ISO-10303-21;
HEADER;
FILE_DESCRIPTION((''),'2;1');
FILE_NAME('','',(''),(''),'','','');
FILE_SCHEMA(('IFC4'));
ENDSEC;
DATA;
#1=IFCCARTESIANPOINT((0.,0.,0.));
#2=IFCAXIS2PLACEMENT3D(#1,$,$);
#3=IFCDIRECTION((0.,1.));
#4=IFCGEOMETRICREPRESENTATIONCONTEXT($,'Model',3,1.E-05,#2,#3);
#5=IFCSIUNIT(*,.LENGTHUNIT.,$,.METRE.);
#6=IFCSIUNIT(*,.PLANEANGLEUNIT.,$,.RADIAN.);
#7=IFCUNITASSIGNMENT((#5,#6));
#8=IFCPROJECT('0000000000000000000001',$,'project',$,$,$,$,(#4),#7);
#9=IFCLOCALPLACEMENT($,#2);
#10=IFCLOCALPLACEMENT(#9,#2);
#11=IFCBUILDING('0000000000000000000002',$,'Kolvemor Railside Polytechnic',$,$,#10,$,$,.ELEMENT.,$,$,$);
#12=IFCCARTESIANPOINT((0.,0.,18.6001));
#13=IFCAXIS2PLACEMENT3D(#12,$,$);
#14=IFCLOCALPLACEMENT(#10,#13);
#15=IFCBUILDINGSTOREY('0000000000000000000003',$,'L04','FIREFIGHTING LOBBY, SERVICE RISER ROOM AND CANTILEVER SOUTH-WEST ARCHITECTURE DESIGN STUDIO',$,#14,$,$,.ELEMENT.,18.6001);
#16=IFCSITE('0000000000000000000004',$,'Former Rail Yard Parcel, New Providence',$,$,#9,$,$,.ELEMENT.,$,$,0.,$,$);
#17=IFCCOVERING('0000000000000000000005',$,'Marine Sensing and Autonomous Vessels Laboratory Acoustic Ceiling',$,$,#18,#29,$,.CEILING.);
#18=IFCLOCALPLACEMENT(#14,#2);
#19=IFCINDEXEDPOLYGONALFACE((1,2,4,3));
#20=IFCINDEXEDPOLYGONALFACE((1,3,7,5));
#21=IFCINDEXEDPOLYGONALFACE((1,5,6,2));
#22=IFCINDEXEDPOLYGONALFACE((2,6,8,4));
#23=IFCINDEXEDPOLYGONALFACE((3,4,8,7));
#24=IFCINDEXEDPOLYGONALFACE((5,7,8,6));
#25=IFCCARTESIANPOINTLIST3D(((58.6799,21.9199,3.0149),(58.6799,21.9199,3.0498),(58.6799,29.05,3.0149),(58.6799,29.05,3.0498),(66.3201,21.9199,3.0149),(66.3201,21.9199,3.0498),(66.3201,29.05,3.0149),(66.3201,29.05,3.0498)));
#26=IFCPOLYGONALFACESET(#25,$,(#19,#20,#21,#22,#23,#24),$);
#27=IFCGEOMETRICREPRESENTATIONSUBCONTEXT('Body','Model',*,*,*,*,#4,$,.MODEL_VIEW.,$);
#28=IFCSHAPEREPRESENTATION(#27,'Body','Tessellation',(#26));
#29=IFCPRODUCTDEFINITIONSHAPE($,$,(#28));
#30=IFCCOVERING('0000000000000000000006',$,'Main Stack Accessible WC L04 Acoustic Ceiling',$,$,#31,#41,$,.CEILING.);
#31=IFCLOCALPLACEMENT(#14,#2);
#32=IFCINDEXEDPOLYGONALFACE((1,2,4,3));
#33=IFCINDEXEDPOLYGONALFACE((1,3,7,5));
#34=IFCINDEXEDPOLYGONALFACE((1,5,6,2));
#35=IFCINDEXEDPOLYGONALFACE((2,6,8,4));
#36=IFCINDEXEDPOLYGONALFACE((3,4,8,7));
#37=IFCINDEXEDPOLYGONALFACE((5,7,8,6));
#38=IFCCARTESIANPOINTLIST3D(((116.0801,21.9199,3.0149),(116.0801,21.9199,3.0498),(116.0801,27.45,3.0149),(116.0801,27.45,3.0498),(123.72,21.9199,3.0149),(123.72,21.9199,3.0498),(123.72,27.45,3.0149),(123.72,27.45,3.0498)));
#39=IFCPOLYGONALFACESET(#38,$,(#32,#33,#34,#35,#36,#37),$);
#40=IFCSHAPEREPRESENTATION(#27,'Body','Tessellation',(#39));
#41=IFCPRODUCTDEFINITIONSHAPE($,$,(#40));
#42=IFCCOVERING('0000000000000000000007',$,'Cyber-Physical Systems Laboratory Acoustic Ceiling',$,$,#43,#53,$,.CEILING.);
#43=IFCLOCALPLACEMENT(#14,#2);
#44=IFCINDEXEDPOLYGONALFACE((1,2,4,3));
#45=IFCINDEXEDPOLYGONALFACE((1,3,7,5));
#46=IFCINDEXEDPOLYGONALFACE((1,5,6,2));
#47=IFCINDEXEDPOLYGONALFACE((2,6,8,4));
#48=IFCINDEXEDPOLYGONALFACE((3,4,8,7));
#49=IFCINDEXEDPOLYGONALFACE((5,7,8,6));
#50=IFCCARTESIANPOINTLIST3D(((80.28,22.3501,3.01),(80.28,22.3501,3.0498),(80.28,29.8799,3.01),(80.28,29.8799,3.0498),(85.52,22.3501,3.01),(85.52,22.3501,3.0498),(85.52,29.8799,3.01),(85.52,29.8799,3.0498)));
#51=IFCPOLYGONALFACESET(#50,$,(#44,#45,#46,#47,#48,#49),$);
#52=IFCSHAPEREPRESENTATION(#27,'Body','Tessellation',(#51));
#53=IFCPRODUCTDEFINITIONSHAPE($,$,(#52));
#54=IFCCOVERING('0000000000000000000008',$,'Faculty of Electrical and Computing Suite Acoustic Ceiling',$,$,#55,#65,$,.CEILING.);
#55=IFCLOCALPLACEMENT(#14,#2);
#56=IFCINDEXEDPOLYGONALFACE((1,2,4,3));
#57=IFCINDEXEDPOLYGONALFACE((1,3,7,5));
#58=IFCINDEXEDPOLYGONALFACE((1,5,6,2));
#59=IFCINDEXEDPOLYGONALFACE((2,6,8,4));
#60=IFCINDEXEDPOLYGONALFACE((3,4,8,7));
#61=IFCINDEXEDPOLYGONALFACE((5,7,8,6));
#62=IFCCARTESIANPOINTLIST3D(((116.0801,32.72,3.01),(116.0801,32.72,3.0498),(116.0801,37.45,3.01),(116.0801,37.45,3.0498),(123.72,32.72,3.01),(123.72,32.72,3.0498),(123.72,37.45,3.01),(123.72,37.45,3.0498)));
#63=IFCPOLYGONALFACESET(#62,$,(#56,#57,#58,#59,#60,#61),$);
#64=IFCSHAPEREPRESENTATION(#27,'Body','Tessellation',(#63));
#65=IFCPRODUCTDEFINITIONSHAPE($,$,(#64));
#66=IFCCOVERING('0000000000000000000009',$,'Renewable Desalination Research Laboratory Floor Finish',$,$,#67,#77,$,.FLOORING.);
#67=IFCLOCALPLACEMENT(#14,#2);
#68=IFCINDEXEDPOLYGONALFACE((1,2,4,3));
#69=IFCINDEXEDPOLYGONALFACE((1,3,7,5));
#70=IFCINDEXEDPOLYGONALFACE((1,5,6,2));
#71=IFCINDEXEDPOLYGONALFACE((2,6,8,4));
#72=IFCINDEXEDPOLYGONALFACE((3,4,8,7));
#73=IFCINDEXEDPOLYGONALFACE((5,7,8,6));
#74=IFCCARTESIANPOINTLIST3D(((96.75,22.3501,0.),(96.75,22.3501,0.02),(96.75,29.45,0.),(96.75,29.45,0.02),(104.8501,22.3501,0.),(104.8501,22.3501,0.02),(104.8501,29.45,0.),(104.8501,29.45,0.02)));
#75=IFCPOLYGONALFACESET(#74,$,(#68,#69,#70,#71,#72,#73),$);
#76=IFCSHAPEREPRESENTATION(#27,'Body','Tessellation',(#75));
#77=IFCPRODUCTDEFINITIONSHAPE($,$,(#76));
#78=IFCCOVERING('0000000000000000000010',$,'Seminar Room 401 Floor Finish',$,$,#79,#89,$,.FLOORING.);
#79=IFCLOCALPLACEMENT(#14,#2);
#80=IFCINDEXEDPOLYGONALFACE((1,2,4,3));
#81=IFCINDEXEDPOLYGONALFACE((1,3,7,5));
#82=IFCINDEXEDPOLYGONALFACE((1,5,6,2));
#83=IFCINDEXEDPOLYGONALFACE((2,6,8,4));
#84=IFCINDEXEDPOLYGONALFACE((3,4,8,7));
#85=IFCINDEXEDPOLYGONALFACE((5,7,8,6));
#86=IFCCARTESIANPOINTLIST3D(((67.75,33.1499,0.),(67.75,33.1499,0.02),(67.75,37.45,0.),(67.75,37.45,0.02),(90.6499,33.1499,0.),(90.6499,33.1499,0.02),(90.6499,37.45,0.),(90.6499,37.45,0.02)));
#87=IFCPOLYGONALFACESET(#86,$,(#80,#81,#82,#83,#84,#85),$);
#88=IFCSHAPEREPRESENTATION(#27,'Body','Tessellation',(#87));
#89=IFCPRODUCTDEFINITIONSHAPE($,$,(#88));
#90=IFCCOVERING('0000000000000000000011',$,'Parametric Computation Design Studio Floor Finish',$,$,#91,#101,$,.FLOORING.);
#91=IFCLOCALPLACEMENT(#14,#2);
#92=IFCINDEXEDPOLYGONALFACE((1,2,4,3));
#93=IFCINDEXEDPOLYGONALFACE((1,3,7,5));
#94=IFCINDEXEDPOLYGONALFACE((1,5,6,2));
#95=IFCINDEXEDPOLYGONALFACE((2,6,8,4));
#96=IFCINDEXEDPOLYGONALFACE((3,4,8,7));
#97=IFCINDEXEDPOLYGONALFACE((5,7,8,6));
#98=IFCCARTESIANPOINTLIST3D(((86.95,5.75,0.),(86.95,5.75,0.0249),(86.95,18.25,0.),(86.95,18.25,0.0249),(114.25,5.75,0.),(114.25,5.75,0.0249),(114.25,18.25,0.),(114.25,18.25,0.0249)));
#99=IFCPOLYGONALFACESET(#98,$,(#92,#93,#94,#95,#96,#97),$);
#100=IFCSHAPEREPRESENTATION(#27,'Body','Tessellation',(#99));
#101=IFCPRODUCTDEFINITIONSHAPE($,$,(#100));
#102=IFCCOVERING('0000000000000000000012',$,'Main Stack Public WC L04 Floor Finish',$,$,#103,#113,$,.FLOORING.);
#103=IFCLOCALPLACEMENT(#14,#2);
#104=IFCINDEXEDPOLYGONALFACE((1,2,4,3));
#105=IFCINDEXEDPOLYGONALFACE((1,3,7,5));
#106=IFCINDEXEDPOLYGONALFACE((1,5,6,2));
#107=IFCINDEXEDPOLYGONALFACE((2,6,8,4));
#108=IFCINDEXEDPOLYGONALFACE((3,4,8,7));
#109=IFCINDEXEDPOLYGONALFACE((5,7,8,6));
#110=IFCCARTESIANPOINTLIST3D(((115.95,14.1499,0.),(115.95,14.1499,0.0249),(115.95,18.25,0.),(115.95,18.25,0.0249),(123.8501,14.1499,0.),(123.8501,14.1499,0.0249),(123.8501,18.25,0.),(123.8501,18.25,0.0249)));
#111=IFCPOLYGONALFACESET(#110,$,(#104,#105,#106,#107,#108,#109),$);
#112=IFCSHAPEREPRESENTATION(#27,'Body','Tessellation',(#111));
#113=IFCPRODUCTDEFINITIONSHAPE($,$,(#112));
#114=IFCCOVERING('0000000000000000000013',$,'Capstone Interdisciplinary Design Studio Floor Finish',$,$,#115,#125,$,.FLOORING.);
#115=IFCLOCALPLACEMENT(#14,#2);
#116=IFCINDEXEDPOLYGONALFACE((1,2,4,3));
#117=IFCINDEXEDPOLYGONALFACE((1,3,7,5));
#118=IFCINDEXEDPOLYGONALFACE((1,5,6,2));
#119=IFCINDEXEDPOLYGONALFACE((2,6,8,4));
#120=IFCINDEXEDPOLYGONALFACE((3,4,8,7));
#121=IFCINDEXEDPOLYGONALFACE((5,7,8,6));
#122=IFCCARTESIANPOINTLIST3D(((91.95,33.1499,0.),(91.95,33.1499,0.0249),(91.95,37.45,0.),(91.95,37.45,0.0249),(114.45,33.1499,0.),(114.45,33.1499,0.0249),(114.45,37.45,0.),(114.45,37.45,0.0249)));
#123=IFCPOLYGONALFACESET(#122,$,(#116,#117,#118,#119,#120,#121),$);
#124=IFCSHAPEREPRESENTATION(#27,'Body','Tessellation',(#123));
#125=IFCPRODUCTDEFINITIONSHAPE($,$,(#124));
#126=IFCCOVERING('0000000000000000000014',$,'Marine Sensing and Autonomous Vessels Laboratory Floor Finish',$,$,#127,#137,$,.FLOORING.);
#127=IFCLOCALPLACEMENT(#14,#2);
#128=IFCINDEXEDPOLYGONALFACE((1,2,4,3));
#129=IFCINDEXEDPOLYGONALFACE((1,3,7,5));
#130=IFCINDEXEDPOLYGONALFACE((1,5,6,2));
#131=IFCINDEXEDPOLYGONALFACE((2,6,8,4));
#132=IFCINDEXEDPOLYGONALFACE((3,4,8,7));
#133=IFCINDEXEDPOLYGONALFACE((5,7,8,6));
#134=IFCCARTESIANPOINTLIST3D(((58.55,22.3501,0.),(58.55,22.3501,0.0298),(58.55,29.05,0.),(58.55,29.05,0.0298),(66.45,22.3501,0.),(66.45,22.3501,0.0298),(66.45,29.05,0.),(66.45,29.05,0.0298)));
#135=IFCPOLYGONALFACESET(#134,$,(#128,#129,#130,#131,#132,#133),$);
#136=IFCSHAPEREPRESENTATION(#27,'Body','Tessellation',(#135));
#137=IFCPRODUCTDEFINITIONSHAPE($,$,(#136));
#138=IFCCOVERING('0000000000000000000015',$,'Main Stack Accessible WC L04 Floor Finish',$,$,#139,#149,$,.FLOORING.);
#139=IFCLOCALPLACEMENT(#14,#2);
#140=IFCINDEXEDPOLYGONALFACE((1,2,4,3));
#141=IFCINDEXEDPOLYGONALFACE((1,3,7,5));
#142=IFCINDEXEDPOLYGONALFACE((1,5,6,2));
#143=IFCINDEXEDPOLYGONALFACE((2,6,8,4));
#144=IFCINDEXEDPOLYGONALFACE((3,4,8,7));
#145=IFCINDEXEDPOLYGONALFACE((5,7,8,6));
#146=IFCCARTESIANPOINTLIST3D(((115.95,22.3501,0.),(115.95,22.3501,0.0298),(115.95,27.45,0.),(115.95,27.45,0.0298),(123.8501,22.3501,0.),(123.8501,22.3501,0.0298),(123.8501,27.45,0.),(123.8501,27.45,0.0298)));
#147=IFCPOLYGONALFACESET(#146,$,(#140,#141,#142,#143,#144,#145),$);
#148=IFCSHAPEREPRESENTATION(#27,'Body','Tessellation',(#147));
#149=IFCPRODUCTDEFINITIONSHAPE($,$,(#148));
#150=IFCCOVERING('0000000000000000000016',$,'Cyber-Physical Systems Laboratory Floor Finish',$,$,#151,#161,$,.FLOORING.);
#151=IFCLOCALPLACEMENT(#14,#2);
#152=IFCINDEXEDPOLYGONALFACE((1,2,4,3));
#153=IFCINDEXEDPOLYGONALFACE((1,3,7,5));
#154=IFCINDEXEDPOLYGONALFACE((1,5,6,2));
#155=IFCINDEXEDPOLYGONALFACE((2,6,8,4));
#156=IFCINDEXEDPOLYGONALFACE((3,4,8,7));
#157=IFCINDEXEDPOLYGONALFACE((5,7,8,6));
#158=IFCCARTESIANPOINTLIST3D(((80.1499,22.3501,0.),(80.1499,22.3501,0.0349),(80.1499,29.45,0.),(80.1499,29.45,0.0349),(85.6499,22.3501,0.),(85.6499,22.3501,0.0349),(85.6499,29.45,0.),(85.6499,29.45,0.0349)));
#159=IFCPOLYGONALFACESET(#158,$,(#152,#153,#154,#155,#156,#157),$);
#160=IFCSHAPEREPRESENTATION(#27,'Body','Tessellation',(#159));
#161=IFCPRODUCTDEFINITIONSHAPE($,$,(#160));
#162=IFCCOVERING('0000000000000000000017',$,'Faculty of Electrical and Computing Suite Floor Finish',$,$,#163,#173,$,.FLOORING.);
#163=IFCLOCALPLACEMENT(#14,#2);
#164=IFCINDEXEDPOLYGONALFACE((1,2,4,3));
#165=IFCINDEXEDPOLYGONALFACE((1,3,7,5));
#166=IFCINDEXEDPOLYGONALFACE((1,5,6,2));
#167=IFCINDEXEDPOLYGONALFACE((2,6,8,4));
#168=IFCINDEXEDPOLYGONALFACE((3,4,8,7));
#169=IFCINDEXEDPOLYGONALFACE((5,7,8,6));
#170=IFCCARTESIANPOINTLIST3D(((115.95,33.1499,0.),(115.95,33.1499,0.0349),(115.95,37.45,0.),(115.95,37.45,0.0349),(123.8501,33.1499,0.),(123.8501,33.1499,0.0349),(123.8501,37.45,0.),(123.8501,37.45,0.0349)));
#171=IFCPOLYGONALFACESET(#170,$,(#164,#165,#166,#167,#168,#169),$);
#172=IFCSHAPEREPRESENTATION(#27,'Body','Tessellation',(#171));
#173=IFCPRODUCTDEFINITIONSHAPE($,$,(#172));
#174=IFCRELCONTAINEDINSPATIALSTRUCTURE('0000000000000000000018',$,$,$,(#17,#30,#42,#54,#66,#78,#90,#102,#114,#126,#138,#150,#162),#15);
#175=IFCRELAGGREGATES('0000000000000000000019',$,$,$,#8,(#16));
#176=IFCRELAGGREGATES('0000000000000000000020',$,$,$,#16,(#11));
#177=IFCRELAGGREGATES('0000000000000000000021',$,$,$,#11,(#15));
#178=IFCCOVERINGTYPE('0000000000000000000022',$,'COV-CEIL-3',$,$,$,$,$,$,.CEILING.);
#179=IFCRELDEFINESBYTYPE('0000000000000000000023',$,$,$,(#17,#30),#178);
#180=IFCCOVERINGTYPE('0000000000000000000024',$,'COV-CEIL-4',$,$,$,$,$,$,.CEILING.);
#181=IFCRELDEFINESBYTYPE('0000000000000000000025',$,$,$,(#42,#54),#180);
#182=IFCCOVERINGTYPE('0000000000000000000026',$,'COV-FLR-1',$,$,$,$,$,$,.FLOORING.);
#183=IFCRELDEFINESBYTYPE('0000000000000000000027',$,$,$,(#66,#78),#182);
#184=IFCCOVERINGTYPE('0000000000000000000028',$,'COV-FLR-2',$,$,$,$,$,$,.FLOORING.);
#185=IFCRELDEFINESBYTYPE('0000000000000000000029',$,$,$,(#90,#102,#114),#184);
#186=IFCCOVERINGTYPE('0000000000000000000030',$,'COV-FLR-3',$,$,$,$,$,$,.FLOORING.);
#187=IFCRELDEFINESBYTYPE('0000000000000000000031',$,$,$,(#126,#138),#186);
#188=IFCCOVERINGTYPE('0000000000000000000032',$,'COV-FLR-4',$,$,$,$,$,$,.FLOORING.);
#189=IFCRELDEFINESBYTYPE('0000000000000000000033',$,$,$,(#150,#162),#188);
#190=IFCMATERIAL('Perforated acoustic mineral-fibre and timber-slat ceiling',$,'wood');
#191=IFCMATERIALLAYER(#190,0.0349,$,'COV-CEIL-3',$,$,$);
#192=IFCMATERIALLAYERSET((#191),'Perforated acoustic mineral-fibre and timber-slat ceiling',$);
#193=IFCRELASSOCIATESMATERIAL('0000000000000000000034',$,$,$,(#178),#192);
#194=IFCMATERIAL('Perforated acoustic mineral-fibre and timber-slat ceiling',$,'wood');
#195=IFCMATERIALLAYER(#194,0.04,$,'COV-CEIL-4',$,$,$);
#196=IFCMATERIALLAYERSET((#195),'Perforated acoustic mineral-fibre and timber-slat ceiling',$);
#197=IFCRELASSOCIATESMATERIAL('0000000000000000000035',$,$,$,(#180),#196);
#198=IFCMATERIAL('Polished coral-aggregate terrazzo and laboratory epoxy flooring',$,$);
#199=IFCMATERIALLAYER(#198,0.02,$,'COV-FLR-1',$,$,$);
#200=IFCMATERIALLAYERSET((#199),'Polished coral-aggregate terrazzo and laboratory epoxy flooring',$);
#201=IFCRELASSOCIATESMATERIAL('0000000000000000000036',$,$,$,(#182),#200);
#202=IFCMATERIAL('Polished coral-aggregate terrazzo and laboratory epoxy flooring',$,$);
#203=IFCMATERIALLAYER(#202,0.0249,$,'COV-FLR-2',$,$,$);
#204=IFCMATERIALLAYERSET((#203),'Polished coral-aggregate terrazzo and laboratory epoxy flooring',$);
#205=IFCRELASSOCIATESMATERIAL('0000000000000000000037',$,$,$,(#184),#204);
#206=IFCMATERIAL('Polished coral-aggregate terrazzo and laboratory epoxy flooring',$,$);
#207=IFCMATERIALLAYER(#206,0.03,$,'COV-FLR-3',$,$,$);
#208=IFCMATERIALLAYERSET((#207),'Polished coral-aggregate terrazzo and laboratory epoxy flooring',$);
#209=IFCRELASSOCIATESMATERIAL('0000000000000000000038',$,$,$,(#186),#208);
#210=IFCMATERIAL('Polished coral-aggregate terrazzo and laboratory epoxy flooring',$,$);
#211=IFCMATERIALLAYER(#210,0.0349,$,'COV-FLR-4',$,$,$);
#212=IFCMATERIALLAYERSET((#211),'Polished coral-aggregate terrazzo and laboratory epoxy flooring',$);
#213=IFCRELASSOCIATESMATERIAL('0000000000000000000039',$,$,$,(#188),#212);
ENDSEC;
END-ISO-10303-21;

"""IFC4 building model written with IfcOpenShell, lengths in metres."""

from ifc_helpers import new_model, si_unit, direction, frame, origin, place, context, subcontext, project, spatial, polyline, outline, extrude, material, layer, layer_set, type_object, element, save


model = new_model("IFC4")

# Units and contexts
model_context = context("Model", 3, precision=1e-05, world=origin(), true_north=direction((0.0, 1.0)))
body_context = subcontext(model_context, "Body", "Model", "MODEL_VIEW")
ifc_project = project(units=[si_unit("LENGTHUNIT", "METRE"), si_unit("PLANEANGLEUNIT", "RADIAN")], contexts=[model_context])

# Site, building, storey
site_placement = place(None, origin())
site = spatial("IfcSite", under=ifc_project, at=site_placement, Name="Former Rail Yard Parcel, New Providence", CompositionType="ELEMENT", RefElevation=0.0)
building_placement = place(site_placement, origin())
building = spatial("IfcBuilding", under=site, at=building_placement, Name="Kolvemor Railside Polytechnic", CompositionType="ELEMENT")
storey_placement = place(building_placement, frame((0.0, 0.0, 18.6001)))
storey = spatial("IfcBuildingStorey", under=building, at=storey_placement, Name="L04", Description="FIREFIGHTING LOBBY, SERVICE RISER ROOM AND CANTILEVER SOUTH-WEST ARCHITECTURE DESIGN STUDIO", CompositionType="ELEMENT", Elevation=18.6001)

# Coverings
ifc_material_1 = material(Name="Perforated acoustic mineral-fibre and timber-slat ceiling", Category="wood")
ifc_layer_1 = layer(ifc_material_1, 0.0349, Name="COV-CEIL-3")
ifc_layer_set_1 = layer_set([ifc_layer_1], Name="Perforated acoustic mineral-fibre and timber-slat ceiling")
covering_type_1 = type_object("IfcCoveringType", Name="COV-CEIL-3", PredefinedType="CEILING", material=ifc_layer_set_1)
covering_1_placement = place(storey_placement, frame((0.0, 0.0, 3.0149)))
element("IfcCovering", 1, at=covering_1_placement, inside=storey, type_object=covering_type_1, Name="Marine Sensing and Autonomous Vessels Laboratory Acoustic Ceiling", PredefinedType="CEILING", context=body_context, shape_type="SweptSolid", body=[
    extrude(outline(polyline([(58.6799, 21.9199), (66.3201, 21.9199), (66.3201, 29.05), (58.6799, 29.05), (58.6799, 21.9199)])), origin(), (0.0, 0.0, 1.0), 0.0349),
])
covering_2_placement = place(storey_placement, frame((0.0, 0.0, 3.0149)))
element("IfcCovering", 2, at=covering_2_placement, inside=storey, type_object=covering_type_1, Name="Main Stack Accessible WC L04 Acoustic Ceiling", PredefinedType="CEILING", context=body_context, shape_type="SweptSolid", body=[
    extrude(outline(polyline([(116.0801, 21.9199), (123.72, 21.9199), (123.72, 27.45), (116.0801, 27.45), (116.0801, 21.9199)])), origin(), (0.0, 0.0, 1.0), 0.0349),
])
ifc_material_2 = material(Name="Perforated acoustic mineral-fibre and timber-slat ceiling", Category="wood")
ifc_layer_2 = layer(ifc_material_2, 0.04, Name="COV-CEIL-4")
ifc_layer_set_2 = layer_set([ifc_layer_2], Name="Perforated acoustic mineral-fibre and timber-slat ceiling")
covering_type_2 = type_object("IfcCoveringType", Name="COV-CEIL-4", PredefinedType="CEILING", material=ifc_layer_set_2)
covering_3_placement = place(storey_placement, frame((0.0, 0.0, 3.01)))
element("IfcCovering", 3, at=covering_3_placement, inside=storey, type_object=covering_type_2, Name="Cyber-Physical Systems Laboratory Acoustic Ceiling", PredefinedType="CEILING", context=body_context, shape_type="SweptSolid", body=[
    extrude(outline(polyline([(80.28, 22.3501), (85.52, 22.3501), (85.52, 29.8799), (80.28, 29.8799), (80.28, 22.3501)])), origin(), (0.0, 0.0, 1.0), 0.0398),
])
covering_4_placement = place(storey_placement, frame((0.0, 0.0, 3.01)))
element("IfcCovering", 4, at=covering_4_placement, inside=storey, type_object=covering_type_2, Name="Faculty of Electrical and Computing Suite Acoustic Ceiling", PredefinedType="CEILING", context=body_context, shape_type="SweptSolid", body=[
    extrude(outline(polyline([(116.0801, 32.72), (123.72, 32.72), (123.72, 37.45), (116.0801, 37.45), (116.0801, 32.72)])), origin(), (0.0, 0.0, 1.0), 0.0398),
])
ifc_material_3 = material(Name="Polished coral-aggregate terrazzo and laboratory epoxy flooring")
ifc_layer_3 = layer(ifc_material_3, 0.02, Name="COV-FLR-1")
ifc_layer_set_3 = layer_set([ifc_layer_3], Name="Polished coral-aggregate terrazzo and laboratory epoxy flooring")
covering_type_3 = type_object("IfcCoveringType", Name="COV-FLR-1", PredefinedType="FLOORING", material=ifc_layer_set_3)
covering_5_placement = place(storey_placement, origin())
element("IfcCovering", 5, at=covering_5_placement, inside=storey, type_object=covering_type_3, Name="Renewable Desalination Research Laboratory Floor Finish", PredefinedType="FLOORING", context=body_context, shape_type="SweptSolid", body=[
    extrude(outline(polyline([(96.75, 22.3501), (104.8501, 22.3501), (104.8501, 29.45), (96.75, 29.45), (96.75, 22.3501)])), origin(), (0.0, 0.0, 1.0), 0.02),
])
covering_6_placement = place(storey_placement, origin())
element("IfcCovering", 6, at=covering_6_placement, inside=storey, type_object=covering_type_3, Name="Seminar Room 401 Floor Finish", PredefinedType="FLOORING", context=body_context, shape_type="SweptSolid", body=[
    extrude(outline(polyline([(67.75, 33.1499), (90.6499, 33.1499), (90.6499, 37.45), (67.75, 37.45), (67.75, 33.1499)])), origin(), (0.0, 0.0, 1.0), 0.02),
])
ifc_material_4 = material(Name="Polished coral-aggregate terrazzo and laboratory epoxy flooring")
ifc_layer_4 = layer(ifc_material_4, 0.0249, Name="COV-FLR-2")
ifc_layer_set_4 = layer_set([ifc_layer_4], Name="Polished coral-aggregate terrazzo and laboratory epoxy flooring")
covering_type_4 = type_object("IfcCoveringType", Name="COV-FLR-2", PredefinedType="FLOORING", material=ifc_layer_set_4)
covering_7_placement = place(storey_placement, origin())
element("IfcCovering", 7, at=covering_7_placement, inside=storey, type_object=covering_type_4, Name="Parametric Computation Design Studio Floor Finish", PredefinedType="FLOORING", context=body_context, shape_type="SweptSolid", body=[
    extrude(outline(polyline([(86.95, 5.75), (114.25, 5.75), (114.25, 18.25), (86.95, 18.25), (86.95, 5.75)])), origin(), (0.0, 0.0, 1.0), 0.0249),
])
covering_8_placement = place(storey_placement, origin())
element("IfcCovering", 8, at=covering_8_placement, inside=storey, type_object=covering_type_4, Name="Main Stack Public WC L04 Floor Finish", PredefinedType="FLOORING", context=body_context, shape_type="SweptSolid", body=[
    extrude(outline(polyline([(115.95, 14.1499), (123.8501, 14.1499), (123.8501, 18.25), (115.95, 18.25), (115.95, 14.1499)])), origin(), (0.0, 0.0, 1.0), 0.0249),
])
covering_9_placement = place(storey_placement, origin())
element("IfcCovering", 9, at=covering_9_placement, inside=storey, type_object=covering_type_4, Name="Capstone Interdisciplinary Design Studio Floor Finish", PredefinedType="FLOORING", context=body_context, shape_type="SweptSolid", body=[
    extrude(outline(polyline([(91.95, 33.1499), (114.45, 33.1499), (114.45, 37.45), (91.95, 37.45), (91.95, 33.1499)])), origin(), (0.0, 0.0, 1.0), 0.0249),
])
ifc_material_5 = material(Name="Polished coral-aggregate terrazzo and laboratory epoxy flooring")
ifc_layer_5 = layer(ifc_material_5, 0.03, Name="COV-FLR-3")
ifc_layer_set_5 = layer_set([ifc_layer_5], Name="Polished coral-aggregate terrazzo and laboratory epoxy flooring")
covering_type_5 = type_object("IfcCoveringType", Name="COV-FLR-3", PredefinedType="FLOORING", material=ifc_layer_set_5)
covering_10_placement = place(storey_placement, origin())
element("IfcCovering", 10, at=covering_10_placement, inside=storey, type_object=covering_type_5, Name="Marine Sensing and Autonomous Vessels Laboratory Floor Finish", PredefinedType="FLOORING", context=body_context, shape_type="SweptSolid", body=[
    extrude(outline(polyline([(58.55, 22.3501), (66.45, 22.3501), (66.45, 29.05), (58.55, 29.05), (58.55, 22.3501)])), origin(), (0.0, 0.0, 1.0), 0.0298),
])
covering_11_placement = place(storey_placement, origin())
element("IfcCovering", 11, at=covering_11_placement, inside=storey, type_object=covering_type_5, Name="Main Stack Accessible WC L04 Floor Finish", PredefinedType="FLOORING", context=body_context, shape_type="SweptSolid", body=[
    extrude(outline(polyline([(115.95, 22.3501), (123.8501, 22.3501), (123.8501, 27.45), (115.95, 27.45), (115.95, 22.3501)])), origin(), (0.0, 0.0, 1.0), 0.0298),
])
ifc_material_6 = material(Name="Polished coral-aggregate terrazzo and laboratory epoxy flooring")
ifc_layer_6 = layer(ifc_material_6, 0.0349, Name="COV-FLR-4")
ifc_layer_set_6 = layer_set([ifc_layer_6], Name="Polished coral-aggregate terrazzo and laboratory epoxy flooring")
covering_type_6 = type_object("IfcCoveringType", Name="COV-FLR-4", PredefinedType="FLOORING", material=ifc_layer_set_6)
covering_12_placement = place(storey_placement, origin())
element("IfcCovering", 12, at=covering_12_placement, inside=storey, type_object=covering_type_6, Name="Cyber-Physical Systems Laboratory Floor Finish", PredefinedType="FLOORING", context=body_context, shape_type="SweptSolid", body=[
    extrude(outline(polyline([(80.1499, 22.3501), (85.6499, 22.3501), (85.6499, 29.45), (80.1499, 29.45), (80.1499, 22.3501)])), origin(), (0.0, 0.0, 1.0), 0.0349),
])
covering_13_placement = place(storey_placement, origin())
element("IfcCovering", 13, at=covering_13_placement, inside=storey, type_object=covering_type_6, Name="Faculty of Electrical and Computing Suite Floor Finish", PredefinedType="FLOORING", context=body_context, shape_type="SweptSolid", body=[
    extrude(outline(polyline([(115.95, 33.1499), (123.8501, 33.1499), (123.8501, 37.45), (115.95, 37.45), (115.95, 33.1499)])), origin(), (0.0, 0.0, 1.0), 0.0349),
])

save(model, "model.ifc")
